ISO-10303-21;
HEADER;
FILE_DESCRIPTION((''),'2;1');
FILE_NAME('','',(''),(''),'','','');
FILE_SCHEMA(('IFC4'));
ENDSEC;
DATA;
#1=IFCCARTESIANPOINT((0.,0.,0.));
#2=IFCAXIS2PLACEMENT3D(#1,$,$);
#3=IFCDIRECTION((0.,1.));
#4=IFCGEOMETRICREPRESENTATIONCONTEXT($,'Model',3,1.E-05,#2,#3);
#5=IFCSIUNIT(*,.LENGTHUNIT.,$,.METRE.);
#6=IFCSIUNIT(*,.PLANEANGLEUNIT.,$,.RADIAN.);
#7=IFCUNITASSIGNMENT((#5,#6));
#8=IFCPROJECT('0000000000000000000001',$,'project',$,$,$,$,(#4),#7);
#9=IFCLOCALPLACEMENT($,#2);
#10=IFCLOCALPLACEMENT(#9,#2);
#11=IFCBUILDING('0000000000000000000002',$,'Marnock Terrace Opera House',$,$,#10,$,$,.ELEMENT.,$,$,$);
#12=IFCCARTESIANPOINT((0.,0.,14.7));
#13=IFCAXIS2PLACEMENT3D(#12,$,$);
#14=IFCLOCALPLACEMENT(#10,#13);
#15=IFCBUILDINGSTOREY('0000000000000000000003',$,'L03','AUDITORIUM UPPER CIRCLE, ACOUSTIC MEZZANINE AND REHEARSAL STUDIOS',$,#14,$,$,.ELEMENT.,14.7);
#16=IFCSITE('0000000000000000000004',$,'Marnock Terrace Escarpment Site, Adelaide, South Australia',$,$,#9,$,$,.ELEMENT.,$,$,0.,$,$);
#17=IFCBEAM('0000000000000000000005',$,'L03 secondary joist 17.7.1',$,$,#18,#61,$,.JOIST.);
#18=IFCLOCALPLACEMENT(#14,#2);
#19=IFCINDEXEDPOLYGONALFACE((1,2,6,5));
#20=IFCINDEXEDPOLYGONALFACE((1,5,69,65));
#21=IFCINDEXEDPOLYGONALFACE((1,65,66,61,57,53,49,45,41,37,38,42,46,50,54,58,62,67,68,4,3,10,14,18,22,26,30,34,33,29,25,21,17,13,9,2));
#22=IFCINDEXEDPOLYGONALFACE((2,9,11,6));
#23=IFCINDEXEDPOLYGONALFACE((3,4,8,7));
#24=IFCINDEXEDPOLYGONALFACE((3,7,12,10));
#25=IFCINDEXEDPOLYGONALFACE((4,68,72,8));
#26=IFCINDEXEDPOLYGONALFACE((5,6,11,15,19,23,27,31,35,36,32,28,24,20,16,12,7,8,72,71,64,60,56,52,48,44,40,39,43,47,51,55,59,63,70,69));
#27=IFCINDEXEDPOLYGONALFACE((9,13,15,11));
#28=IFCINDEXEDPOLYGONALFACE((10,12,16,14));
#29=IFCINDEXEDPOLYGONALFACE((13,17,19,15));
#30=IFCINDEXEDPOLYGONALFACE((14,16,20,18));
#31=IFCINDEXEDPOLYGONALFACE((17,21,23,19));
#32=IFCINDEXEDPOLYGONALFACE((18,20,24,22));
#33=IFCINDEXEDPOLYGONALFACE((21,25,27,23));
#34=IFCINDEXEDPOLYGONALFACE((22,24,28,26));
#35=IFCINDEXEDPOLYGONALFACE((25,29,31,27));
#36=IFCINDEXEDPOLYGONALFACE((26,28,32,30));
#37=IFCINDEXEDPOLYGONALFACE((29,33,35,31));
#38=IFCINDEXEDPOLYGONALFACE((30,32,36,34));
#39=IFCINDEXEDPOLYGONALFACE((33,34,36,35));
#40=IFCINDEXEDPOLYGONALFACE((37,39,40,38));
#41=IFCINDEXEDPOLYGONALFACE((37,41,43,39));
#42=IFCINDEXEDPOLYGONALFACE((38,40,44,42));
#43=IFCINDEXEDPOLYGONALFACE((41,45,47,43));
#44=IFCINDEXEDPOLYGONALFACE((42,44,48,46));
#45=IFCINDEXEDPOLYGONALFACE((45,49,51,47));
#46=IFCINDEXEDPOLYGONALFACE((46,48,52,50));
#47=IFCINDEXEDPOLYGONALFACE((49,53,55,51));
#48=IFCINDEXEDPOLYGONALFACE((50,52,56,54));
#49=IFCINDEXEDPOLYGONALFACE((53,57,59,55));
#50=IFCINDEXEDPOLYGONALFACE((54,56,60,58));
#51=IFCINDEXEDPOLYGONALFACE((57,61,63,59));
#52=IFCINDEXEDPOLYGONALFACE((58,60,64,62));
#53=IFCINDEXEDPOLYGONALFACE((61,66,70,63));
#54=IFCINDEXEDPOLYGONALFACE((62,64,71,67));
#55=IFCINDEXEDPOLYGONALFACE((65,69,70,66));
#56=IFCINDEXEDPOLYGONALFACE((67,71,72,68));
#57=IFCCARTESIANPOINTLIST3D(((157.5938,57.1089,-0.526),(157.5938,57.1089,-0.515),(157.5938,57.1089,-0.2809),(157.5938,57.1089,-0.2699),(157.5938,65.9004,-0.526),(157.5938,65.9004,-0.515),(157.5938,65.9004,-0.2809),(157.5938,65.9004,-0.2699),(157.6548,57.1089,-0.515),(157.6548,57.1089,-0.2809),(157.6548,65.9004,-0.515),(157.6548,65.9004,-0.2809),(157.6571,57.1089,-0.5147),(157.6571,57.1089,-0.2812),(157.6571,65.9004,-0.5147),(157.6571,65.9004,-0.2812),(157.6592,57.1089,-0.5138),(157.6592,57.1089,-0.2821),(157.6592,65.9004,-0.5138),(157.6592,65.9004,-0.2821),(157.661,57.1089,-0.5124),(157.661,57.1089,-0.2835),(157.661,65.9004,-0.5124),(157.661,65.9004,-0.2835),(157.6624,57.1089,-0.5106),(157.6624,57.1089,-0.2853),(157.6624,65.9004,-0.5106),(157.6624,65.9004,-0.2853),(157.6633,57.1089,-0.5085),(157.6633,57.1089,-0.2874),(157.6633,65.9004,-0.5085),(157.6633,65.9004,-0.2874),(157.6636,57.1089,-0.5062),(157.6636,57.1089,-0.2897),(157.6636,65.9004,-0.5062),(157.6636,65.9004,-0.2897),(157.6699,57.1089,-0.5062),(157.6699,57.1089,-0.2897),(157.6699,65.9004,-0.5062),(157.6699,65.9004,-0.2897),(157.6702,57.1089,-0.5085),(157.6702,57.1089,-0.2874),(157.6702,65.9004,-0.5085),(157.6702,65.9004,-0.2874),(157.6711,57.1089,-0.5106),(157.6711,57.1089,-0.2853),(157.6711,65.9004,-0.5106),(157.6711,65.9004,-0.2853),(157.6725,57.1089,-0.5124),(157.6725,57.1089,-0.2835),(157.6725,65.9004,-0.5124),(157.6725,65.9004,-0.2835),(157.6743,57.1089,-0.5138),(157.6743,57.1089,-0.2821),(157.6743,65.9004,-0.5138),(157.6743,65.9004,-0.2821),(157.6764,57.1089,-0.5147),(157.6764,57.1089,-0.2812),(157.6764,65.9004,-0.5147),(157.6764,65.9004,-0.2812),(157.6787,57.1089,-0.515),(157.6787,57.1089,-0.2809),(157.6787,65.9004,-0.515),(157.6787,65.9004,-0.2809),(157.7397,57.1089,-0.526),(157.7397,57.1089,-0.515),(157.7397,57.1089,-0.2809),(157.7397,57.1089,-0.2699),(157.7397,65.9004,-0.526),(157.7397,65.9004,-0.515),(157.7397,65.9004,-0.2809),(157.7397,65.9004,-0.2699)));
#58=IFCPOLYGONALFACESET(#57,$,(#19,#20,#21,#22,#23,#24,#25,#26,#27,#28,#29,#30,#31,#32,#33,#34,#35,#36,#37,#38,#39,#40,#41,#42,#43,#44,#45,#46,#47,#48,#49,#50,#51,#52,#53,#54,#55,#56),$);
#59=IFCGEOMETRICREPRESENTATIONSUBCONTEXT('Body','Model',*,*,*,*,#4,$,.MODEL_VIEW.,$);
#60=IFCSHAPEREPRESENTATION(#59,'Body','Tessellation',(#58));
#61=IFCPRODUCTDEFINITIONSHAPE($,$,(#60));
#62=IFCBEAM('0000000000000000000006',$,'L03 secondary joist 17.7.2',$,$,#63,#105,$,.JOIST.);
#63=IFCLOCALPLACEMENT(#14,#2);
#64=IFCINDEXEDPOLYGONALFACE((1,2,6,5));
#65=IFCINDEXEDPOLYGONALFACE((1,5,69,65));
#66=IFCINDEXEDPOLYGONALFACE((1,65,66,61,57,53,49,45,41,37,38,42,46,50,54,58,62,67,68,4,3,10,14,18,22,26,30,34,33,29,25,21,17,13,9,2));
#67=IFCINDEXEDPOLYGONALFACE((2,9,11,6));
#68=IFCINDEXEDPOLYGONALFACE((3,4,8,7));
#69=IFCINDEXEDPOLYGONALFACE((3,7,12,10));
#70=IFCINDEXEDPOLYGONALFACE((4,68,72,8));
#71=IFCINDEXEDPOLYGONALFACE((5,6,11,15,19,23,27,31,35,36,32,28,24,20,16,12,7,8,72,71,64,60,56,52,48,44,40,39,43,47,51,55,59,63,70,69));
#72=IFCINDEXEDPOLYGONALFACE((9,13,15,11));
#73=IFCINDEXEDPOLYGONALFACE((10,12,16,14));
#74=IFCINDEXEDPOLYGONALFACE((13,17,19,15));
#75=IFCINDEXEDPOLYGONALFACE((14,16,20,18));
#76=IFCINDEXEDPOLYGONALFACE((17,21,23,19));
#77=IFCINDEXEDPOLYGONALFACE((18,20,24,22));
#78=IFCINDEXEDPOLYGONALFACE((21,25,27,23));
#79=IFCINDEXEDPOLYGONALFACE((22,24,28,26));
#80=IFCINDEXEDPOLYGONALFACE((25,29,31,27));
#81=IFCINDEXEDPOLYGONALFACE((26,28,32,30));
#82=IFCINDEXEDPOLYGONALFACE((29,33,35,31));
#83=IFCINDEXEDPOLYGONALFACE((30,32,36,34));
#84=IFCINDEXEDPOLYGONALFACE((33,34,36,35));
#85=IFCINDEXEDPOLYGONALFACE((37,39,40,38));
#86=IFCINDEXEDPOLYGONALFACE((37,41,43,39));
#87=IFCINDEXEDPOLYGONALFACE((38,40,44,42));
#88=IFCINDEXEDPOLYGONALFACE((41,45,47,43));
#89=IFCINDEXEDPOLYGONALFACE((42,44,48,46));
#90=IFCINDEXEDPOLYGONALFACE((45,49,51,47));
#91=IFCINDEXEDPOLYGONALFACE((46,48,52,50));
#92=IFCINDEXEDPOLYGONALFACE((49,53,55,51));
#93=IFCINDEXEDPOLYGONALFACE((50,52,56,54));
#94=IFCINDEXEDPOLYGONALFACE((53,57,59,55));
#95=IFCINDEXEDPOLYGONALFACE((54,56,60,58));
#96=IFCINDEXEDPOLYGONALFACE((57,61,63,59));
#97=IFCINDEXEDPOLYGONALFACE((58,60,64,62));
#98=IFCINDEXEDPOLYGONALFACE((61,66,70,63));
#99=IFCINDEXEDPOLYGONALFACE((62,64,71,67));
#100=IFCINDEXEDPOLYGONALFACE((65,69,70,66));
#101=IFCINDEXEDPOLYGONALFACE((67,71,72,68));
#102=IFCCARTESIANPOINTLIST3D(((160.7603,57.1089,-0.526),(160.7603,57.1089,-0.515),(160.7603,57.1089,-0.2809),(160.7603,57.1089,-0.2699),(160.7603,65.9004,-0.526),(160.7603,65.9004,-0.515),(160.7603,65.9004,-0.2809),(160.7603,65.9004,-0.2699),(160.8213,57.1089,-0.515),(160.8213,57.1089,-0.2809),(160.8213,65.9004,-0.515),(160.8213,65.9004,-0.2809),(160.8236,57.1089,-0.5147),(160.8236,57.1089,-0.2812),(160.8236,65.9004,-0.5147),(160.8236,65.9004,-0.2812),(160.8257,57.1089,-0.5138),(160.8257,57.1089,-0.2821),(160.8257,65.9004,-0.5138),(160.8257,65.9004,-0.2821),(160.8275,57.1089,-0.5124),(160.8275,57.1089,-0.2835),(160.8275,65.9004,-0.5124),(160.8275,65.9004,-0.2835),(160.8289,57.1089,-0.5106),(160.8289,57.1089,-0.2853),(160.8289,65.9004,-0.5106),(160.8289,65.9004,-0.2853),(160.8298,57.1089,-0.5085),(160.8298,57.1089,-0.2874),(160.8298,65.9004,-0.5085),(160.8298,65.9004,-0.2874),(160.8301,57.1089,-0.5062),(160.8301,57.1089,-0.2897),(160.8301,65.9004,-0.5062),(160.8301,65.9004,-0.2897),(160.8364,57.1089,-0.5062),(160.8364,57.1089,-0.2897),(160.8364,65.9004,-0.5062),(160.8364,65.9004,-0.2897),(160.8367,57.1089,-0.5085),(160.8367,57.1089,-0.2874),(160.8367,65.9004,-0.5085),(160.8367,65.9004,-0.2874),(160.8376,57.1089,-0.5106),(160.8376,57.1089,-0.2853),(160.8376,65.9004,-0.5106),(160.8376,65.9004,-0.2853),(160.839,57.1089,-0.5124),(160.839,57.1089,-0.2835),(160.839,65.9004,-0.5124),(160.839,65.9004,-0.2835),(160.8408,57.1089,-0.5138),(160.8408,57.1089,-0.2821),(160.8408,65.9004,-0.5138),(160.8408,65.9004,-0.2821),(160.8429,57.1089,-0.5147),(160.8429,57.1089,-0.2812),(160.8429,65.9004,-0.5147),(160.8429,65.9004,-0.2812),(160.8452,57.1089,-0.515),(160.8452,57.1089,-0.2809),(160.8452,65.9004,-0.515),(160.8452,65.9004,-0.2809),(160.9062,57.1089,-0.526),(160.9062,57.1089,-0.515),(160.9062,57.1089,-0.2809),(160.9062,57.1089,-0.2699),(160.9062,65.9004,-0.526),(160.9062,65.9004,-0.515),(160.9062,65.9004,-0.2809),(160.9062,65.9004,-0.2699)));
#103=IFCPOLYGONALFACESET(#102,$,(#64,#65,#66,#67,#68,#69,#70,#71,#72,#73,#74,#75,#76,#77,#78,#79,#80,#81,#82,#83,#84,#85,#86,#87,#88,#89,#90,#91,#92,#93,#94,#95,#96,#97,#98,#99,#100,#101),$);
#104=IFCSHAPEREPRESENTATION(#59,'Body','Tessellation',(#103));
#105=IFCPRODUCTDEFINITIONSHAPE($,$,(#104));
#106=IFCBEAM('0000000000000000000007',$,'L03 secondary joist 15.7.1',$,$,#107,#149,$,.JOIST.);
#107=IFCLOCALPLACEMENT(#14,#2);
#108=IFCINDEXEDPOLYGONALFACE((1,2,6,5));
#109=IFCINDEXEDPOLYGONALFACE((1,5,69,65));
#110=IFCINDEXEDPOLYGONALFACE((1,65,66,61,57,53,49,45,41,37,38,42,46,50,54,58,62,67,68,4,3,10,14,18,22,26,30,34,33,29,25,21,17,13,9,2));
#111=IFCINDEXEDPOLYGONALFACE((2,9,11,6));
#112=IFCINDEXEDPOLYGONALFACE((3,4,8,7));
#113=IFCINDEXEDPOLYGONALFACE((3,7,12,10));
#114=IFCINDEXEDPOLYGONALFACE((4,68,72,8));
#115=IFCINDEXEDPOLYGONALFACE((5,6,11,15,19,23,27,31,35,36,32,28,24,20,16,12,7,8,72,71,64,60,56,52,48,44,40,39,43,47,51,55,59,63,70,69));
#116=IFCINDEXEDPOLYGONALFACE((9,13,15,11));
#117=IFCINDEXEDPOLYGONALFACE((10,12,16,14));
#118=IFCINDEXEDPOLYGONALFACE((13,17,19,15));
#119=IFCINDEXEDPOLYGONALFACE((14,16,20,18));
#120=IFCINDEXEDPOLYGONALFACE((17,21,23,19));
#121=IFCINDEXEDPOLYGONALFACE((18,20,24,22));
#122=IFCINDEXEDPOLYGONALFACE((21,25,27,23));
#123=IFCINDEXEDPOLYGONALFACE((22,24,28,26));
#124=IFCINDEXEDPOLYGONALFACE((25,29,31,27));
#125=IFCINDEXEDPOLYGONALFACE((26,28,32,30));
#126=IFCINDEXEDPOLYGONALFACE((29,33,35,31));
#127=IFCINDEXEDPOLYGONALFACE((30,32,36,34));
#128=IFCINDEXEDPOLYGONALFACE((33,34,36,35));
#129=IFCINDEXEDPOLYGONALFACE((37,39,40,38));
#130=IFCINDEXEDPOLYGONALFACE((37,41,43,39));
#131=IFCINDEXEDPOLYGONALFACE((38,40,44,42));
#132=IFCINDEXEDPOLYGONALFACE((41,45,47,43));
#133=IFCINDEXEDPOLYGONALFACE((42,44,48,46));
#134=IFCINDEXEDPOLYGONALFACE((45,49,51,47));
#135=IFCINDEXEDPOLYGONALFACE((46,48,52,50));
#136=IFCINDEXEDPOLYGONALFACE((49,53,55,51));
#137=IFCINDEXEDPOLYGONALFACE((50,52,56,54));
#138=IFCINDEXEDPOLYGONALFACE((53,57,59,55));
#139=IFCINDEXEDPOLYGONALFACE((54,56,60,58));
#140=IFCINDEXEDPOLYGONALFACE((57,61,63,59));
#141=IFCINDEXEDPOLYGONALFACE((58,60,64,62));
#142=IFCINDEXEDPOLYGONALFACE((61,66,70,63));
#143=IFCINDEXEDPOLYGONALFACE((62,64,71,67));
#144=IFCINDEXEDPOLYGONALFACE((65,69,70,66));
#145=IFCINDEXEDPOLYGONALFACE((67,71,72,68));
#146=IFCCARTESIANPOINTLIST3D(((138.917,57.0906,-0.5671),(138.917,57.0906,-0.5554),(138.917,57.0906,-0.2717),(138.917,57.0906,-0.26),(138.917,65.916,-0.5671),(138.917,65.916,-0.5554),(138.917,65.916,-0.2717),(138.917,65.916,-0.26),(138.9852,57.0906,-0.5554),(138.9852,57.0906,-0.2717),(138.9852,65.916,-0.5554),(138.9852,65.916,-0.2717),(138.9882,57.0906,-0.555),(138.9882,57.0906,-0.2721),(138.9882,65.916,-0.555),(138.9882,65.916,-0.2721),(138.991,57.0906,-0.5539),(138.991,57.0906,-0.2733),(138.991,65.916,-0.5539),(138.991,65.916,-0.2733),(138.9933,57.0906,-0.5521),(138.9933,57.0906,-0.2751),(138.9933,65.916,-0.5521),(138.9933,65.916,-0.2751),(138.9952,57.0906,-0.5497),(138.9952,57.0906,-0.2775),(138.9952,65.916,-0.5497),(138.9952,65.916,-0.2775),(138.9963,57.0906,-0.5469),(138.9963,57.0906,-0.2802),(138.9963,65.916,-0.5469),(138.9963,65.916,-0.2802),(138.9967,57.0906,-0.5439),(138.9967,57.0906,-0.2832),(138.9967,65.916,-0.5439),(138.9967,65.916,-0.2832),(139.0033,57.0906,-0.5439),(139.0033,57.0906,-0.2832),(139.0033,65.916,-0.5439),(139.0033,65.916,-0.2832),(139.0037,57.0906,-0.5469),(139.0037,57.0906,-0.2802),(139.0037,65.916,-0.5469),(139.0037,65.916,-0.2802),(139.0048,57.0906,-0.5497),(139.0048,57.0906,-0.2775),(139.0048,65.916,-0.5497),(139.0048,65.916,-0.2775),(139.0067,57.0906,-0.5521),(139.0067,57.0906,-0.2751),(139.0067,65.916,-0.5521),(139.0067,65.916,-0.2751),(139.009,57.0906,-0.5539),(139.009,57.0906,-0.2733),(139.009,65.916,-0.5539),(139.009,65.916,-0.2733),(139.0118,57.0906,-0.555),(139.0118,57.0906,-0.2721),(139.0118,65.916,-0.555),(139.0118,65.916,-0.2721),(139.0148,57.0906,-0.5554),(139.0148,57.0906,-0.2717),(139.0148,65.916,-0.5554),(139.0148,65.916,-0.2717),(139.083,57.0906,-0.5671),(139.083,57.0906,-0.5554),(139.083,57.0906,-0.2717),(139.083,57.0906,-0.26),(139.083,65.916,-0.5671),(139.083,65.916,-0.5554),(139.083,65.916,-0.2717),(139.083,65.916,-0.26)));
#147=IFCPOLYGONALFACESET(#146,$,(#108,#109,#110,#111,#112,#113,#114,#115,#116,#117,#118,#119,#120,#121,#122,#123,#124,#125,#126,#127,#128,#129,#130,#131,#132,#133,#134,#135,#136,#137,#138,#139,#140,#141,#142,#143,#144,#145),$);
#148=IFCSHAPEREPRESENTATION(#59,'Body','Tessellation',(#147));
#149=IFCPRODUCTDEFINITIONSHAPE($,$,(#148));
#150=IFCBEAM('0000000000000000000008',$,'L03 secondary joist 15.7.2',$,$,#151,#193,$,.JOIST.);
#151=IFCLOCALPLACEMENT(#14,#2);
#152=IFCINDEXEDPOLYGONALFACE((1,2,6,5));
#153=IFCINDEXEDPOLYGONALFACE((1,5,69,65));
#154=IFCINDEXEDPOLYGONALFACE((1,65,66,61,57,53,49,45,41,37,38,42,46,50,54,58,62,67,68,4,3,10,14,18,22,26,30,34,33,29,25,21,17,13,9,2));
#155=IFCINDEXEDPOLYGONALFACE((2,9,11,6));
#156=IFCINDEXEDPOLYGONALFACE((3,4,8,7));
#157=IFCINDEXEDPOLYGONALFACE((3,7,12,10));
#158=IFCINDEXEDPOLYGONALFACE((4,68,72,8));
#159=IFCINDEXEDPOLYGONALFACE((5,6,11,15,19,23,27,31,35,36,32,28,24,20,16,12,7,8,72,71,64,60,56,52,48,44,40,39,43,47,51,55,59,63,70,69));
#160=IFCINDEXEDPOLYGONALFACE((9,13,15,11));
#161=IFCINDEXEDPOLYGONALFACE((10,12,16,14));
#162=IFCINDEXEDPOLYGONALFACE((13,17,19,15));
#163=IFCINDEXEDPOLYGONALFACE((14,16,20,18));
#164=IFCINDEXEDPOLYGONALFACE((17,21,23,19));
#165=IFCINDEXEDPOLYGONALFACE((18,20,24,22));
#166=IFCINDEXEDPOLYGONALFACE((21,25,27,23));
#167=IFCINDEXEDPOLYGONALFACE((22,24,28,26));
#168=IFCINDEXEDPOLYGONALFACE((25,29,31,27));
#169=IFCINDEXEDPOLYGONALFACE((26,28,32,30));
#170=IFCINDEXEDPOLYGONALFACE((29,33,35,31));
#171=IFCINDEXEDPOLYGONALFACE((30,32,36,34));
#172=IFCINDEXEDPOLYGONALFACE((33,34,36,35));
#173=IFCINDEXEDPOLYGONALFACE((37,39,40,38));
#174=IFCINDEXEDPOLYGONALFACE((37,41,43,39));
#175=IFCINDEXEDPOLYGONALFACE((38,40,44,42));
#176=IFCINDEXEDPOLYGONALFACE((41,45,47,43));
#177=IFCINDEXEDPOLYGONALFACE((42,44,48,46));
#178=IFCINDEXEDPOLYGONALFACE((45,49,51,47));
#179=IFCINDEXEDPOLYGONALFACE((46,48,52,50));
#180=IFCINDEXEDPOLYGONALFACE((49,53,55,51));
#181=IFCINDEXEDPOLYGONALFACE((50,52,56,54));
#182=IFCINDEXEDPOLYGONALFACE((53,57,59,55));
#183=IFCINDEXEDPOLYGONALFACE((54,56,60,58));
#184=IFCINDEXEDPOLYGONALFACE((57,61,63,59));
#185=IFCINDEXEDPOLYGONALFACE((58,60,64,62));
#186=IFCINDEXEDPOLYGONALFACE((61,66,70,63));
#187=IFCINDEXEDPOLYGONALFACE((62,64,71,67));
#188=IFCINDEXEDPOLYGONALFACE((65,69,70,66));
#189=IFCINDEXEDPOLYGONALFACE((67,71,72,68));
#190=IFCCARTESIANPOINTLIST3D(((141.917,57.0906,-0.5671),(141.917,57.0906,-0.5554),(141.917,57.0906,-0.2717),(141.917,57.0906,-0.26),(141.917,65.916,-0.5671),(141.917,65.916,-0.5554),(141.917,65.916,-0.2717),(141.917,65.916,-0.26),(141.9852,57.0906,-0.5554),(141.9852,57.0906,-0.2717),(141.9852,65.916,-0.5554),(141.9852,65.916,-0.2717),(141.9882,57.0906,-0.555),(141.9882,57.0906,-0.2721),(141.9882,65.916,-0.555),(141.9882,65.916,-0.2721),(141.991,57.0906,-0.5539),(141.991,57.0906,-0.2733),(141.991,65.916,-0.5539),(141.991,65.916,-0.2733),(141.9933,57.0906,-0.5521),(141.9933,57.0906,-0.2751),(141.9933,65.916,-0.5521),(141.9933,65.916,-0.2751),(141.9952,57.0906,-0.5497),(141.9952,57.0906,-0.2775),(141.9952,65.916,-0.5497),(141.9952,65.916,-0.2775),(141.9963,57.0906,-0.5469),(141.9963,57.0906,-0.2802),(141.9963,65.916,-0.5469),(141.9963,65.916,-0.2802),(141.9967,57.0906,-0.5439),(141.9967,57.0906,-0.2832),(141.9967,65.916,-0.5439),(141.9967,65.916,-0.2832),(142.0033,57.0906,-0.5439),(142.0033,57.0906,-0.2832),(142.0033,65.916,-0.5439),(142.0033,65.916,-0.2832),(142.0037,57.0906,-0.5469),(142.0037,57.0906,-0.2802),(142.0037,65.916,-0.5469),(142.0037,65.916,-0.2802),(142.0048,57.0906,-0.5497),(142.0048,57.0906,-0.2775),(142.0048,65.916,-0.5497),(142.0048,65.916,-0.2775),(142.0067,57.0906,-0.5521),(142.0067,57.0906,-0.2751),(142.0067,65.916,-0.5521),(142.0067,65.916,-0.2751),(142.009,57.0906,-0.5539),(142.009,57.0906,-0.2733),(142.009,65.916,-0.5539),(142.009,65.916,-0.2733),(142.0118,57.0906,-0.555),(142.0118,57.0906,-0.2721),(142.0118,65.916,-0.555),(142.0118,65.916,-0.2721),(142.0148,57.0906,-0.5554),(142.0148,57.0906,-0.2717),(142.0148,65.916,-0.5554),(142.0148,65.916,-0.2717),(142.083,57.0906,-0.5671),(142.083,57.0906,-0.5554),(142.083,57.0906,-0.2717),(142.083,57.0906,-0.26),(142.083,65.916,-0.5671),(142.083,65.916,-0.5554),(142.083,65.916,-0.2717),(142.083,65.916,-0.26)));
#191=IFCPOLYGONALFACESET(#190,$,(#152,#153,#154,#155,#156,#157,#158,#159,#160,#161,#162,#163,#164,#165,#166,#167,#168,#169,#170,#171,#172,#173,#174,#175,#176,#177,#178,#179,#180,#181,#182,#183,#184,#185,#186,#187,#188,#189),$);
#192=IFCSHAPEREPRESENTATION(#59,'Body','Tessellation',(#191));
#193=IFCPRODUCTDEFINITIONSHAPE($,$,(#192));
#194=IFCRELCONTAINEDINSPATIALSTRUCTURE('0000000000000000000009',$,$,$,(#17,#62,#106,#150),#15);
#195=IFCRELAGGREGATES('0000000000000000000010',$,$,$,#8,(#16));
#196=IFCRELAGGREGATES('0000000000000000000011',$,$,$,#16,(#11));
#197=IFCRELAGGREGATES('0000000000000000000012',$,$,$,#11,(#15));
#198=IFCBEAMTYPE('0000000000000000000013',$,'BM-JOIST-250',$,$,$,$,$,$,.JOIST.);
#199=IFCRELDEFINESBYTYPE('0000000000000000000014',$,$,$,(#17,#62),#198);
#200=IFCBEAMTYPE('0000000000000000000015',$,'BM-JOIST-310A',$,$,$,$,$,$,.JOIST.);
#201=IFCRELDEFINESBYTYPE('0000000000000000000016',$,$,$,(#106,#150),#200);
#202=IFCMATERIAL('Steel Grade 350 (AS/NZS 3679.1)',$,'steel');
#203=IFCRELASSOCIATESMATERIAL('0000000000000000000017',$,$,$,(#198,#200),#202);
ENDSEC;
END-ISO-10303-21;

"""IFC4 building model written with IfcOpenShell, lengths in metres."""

from ifc_helpers import new_model, si_unit, direction, frame, origin, origin_2d, place, context, subcontext, project, spatial, i_section, extrude, material, material_profile, profile_set, type_object, element, save


model = new_model("IFC4")

# Units and contexts
model_context = context("Model", 3, precision=1e-05, world=origin(), true_north=direction((0.0, 1.0)))
body_context = subcontext(model_context, "Body", "Model", "MODEL_VIEW")
ifc_project = project(units=[si_unit("LENGTHUNIT", "METRE"), si_unit("PLANEANGLEUNIT", "RADIAN")], contexts=[model_context])

# Site, building, storey
site_placement = place(None, origin())
site = spatial("IfcSite", under=ifc_project, at=site_placement, Name="Marnock Terrace Escarpment Site, Adelaide, South Australia", CompositionType="ELEMENT", RefElevation=0.0)
building_placement = place(site_placement, origin())
building = spatial("IfcBuilding", under=site, at=building_placement, Name="Marnock Terrace Opera House", CompositionType="ELEMENT")
storey_placement = place(building_placement, frame((0.0, 0.0, 14.7)))
storey = spatial("IfcBuildingStorey", under=building, at=storey_placement, Name="L03", Description="AUDITORIUM UPPER CIRCLE, ACOUSTIC MEZZANINE AND REHEARSAL STUDIOS", CompositionType="ELEMENT", Elevation=14.7)

# Beams
ifc_material_1 = material(Name="Steel Grade 350 (AS/NZS 3679.1)", Category="steel")
ifc_material_profile_1 = material_profile(ifc_material_1, i_section(OverallWidth=0.146, OverallDepth=0.2561, WebThickness=0.0063, FlangeThickness=0.011, FilletRadius=0.0088, at=origin_2d()))
ifc_profile_set_1 = profile_set([ifc_material_profile_1], Name="Steel Grade 350 (AS/NZS 3679.1)")
beam_type_1 = type_object("IfcBeamType", Name="BM-JOIST-250", PredefinedType="JOIST", material=ifc_profile_set_1)
for number, where, z_axis, x_axis, name in (
    (1, (157.6667, 57.1089, -0.3979), (0.0, 1.0, 0.0), (-1.0, 0.0, 0.0), "L03 secondary joist 17.7.1"),
    (2, (160.8333, 57.1089, -0.3979), (0.0, 1.0, 0.0), (-1.0, 0.0, 0.0), "L03 secondary joist 17.7.2"),
):
    element("IfcBeam", number, at=place(storey_placement, frame(where, z_axis=z_axis, x_axis=x_axis)), inside=storey, type_object=beam_type_1, Name=name, PredefinedType="JOIST", context=body_context, shape_type="SweptSolid", body=[
        extrude(i_section(OverallWidth=0.146, OverallDepth=0.2561, WebThickness=0.0063, FlangeThickness=0.011, FilletRadius=0.0088, at=origin_2d()), origin(), (0.0, 0.0, 1.0), 8.7915),
    ])
ifc_material_profile_2 = material_profile(ifc_material_1, i_section(OverallWidth=0.166, OverallDepth=0.3071, WebThickness=0.0066, FlangeThickness=0.0117, FilletRadius=0.0115, at=origin_2d()))
ifc_profile_set_2 = profile_set([ifc_material_profile_2], Name="Steel Grade 350 (AS/NZS 3679.1)")
beam_type_2 = type_object("IfcBeamType", Name="BM-JOIST-310A", PredefinedType="JOIST", material=ifc_profile_set_2)
for number, where, z_axis, x_axis, name in (
    (3, (139.0, 57.0906, -0.4136), (0.0, 1.0, 0.0), (-1.0, 0.0, 0.0), "L03 secondary joist 15.7.1"),
    (4, (142.0, 57.0906, -0.4136), (0.0, 1.0, 0.0), (-1.0, 0.0, 0.0), "L03 secondary joist 15.7.2"),
):
    element("IfcBeam", number, at=place(storey_placement, frame(where, z_axis=z_axis, x_axis=x_axis)), inside=storey, type_object=beam_type_2, Name=name, PredefinedType="JOIST", context=body_context, shape_type="SweptSolid", body=[
        extrude(i_section(OverallWidth=0.166, OverallDepth=0.3071, WebThickness=0.0066, FlangeThickness=0.0117, FilletRadius=0.0115, at=origin_2d()), origin(), (0.0, 0.0, 1.0), 8.8254),
    ])

save(model, "model.ifc")
